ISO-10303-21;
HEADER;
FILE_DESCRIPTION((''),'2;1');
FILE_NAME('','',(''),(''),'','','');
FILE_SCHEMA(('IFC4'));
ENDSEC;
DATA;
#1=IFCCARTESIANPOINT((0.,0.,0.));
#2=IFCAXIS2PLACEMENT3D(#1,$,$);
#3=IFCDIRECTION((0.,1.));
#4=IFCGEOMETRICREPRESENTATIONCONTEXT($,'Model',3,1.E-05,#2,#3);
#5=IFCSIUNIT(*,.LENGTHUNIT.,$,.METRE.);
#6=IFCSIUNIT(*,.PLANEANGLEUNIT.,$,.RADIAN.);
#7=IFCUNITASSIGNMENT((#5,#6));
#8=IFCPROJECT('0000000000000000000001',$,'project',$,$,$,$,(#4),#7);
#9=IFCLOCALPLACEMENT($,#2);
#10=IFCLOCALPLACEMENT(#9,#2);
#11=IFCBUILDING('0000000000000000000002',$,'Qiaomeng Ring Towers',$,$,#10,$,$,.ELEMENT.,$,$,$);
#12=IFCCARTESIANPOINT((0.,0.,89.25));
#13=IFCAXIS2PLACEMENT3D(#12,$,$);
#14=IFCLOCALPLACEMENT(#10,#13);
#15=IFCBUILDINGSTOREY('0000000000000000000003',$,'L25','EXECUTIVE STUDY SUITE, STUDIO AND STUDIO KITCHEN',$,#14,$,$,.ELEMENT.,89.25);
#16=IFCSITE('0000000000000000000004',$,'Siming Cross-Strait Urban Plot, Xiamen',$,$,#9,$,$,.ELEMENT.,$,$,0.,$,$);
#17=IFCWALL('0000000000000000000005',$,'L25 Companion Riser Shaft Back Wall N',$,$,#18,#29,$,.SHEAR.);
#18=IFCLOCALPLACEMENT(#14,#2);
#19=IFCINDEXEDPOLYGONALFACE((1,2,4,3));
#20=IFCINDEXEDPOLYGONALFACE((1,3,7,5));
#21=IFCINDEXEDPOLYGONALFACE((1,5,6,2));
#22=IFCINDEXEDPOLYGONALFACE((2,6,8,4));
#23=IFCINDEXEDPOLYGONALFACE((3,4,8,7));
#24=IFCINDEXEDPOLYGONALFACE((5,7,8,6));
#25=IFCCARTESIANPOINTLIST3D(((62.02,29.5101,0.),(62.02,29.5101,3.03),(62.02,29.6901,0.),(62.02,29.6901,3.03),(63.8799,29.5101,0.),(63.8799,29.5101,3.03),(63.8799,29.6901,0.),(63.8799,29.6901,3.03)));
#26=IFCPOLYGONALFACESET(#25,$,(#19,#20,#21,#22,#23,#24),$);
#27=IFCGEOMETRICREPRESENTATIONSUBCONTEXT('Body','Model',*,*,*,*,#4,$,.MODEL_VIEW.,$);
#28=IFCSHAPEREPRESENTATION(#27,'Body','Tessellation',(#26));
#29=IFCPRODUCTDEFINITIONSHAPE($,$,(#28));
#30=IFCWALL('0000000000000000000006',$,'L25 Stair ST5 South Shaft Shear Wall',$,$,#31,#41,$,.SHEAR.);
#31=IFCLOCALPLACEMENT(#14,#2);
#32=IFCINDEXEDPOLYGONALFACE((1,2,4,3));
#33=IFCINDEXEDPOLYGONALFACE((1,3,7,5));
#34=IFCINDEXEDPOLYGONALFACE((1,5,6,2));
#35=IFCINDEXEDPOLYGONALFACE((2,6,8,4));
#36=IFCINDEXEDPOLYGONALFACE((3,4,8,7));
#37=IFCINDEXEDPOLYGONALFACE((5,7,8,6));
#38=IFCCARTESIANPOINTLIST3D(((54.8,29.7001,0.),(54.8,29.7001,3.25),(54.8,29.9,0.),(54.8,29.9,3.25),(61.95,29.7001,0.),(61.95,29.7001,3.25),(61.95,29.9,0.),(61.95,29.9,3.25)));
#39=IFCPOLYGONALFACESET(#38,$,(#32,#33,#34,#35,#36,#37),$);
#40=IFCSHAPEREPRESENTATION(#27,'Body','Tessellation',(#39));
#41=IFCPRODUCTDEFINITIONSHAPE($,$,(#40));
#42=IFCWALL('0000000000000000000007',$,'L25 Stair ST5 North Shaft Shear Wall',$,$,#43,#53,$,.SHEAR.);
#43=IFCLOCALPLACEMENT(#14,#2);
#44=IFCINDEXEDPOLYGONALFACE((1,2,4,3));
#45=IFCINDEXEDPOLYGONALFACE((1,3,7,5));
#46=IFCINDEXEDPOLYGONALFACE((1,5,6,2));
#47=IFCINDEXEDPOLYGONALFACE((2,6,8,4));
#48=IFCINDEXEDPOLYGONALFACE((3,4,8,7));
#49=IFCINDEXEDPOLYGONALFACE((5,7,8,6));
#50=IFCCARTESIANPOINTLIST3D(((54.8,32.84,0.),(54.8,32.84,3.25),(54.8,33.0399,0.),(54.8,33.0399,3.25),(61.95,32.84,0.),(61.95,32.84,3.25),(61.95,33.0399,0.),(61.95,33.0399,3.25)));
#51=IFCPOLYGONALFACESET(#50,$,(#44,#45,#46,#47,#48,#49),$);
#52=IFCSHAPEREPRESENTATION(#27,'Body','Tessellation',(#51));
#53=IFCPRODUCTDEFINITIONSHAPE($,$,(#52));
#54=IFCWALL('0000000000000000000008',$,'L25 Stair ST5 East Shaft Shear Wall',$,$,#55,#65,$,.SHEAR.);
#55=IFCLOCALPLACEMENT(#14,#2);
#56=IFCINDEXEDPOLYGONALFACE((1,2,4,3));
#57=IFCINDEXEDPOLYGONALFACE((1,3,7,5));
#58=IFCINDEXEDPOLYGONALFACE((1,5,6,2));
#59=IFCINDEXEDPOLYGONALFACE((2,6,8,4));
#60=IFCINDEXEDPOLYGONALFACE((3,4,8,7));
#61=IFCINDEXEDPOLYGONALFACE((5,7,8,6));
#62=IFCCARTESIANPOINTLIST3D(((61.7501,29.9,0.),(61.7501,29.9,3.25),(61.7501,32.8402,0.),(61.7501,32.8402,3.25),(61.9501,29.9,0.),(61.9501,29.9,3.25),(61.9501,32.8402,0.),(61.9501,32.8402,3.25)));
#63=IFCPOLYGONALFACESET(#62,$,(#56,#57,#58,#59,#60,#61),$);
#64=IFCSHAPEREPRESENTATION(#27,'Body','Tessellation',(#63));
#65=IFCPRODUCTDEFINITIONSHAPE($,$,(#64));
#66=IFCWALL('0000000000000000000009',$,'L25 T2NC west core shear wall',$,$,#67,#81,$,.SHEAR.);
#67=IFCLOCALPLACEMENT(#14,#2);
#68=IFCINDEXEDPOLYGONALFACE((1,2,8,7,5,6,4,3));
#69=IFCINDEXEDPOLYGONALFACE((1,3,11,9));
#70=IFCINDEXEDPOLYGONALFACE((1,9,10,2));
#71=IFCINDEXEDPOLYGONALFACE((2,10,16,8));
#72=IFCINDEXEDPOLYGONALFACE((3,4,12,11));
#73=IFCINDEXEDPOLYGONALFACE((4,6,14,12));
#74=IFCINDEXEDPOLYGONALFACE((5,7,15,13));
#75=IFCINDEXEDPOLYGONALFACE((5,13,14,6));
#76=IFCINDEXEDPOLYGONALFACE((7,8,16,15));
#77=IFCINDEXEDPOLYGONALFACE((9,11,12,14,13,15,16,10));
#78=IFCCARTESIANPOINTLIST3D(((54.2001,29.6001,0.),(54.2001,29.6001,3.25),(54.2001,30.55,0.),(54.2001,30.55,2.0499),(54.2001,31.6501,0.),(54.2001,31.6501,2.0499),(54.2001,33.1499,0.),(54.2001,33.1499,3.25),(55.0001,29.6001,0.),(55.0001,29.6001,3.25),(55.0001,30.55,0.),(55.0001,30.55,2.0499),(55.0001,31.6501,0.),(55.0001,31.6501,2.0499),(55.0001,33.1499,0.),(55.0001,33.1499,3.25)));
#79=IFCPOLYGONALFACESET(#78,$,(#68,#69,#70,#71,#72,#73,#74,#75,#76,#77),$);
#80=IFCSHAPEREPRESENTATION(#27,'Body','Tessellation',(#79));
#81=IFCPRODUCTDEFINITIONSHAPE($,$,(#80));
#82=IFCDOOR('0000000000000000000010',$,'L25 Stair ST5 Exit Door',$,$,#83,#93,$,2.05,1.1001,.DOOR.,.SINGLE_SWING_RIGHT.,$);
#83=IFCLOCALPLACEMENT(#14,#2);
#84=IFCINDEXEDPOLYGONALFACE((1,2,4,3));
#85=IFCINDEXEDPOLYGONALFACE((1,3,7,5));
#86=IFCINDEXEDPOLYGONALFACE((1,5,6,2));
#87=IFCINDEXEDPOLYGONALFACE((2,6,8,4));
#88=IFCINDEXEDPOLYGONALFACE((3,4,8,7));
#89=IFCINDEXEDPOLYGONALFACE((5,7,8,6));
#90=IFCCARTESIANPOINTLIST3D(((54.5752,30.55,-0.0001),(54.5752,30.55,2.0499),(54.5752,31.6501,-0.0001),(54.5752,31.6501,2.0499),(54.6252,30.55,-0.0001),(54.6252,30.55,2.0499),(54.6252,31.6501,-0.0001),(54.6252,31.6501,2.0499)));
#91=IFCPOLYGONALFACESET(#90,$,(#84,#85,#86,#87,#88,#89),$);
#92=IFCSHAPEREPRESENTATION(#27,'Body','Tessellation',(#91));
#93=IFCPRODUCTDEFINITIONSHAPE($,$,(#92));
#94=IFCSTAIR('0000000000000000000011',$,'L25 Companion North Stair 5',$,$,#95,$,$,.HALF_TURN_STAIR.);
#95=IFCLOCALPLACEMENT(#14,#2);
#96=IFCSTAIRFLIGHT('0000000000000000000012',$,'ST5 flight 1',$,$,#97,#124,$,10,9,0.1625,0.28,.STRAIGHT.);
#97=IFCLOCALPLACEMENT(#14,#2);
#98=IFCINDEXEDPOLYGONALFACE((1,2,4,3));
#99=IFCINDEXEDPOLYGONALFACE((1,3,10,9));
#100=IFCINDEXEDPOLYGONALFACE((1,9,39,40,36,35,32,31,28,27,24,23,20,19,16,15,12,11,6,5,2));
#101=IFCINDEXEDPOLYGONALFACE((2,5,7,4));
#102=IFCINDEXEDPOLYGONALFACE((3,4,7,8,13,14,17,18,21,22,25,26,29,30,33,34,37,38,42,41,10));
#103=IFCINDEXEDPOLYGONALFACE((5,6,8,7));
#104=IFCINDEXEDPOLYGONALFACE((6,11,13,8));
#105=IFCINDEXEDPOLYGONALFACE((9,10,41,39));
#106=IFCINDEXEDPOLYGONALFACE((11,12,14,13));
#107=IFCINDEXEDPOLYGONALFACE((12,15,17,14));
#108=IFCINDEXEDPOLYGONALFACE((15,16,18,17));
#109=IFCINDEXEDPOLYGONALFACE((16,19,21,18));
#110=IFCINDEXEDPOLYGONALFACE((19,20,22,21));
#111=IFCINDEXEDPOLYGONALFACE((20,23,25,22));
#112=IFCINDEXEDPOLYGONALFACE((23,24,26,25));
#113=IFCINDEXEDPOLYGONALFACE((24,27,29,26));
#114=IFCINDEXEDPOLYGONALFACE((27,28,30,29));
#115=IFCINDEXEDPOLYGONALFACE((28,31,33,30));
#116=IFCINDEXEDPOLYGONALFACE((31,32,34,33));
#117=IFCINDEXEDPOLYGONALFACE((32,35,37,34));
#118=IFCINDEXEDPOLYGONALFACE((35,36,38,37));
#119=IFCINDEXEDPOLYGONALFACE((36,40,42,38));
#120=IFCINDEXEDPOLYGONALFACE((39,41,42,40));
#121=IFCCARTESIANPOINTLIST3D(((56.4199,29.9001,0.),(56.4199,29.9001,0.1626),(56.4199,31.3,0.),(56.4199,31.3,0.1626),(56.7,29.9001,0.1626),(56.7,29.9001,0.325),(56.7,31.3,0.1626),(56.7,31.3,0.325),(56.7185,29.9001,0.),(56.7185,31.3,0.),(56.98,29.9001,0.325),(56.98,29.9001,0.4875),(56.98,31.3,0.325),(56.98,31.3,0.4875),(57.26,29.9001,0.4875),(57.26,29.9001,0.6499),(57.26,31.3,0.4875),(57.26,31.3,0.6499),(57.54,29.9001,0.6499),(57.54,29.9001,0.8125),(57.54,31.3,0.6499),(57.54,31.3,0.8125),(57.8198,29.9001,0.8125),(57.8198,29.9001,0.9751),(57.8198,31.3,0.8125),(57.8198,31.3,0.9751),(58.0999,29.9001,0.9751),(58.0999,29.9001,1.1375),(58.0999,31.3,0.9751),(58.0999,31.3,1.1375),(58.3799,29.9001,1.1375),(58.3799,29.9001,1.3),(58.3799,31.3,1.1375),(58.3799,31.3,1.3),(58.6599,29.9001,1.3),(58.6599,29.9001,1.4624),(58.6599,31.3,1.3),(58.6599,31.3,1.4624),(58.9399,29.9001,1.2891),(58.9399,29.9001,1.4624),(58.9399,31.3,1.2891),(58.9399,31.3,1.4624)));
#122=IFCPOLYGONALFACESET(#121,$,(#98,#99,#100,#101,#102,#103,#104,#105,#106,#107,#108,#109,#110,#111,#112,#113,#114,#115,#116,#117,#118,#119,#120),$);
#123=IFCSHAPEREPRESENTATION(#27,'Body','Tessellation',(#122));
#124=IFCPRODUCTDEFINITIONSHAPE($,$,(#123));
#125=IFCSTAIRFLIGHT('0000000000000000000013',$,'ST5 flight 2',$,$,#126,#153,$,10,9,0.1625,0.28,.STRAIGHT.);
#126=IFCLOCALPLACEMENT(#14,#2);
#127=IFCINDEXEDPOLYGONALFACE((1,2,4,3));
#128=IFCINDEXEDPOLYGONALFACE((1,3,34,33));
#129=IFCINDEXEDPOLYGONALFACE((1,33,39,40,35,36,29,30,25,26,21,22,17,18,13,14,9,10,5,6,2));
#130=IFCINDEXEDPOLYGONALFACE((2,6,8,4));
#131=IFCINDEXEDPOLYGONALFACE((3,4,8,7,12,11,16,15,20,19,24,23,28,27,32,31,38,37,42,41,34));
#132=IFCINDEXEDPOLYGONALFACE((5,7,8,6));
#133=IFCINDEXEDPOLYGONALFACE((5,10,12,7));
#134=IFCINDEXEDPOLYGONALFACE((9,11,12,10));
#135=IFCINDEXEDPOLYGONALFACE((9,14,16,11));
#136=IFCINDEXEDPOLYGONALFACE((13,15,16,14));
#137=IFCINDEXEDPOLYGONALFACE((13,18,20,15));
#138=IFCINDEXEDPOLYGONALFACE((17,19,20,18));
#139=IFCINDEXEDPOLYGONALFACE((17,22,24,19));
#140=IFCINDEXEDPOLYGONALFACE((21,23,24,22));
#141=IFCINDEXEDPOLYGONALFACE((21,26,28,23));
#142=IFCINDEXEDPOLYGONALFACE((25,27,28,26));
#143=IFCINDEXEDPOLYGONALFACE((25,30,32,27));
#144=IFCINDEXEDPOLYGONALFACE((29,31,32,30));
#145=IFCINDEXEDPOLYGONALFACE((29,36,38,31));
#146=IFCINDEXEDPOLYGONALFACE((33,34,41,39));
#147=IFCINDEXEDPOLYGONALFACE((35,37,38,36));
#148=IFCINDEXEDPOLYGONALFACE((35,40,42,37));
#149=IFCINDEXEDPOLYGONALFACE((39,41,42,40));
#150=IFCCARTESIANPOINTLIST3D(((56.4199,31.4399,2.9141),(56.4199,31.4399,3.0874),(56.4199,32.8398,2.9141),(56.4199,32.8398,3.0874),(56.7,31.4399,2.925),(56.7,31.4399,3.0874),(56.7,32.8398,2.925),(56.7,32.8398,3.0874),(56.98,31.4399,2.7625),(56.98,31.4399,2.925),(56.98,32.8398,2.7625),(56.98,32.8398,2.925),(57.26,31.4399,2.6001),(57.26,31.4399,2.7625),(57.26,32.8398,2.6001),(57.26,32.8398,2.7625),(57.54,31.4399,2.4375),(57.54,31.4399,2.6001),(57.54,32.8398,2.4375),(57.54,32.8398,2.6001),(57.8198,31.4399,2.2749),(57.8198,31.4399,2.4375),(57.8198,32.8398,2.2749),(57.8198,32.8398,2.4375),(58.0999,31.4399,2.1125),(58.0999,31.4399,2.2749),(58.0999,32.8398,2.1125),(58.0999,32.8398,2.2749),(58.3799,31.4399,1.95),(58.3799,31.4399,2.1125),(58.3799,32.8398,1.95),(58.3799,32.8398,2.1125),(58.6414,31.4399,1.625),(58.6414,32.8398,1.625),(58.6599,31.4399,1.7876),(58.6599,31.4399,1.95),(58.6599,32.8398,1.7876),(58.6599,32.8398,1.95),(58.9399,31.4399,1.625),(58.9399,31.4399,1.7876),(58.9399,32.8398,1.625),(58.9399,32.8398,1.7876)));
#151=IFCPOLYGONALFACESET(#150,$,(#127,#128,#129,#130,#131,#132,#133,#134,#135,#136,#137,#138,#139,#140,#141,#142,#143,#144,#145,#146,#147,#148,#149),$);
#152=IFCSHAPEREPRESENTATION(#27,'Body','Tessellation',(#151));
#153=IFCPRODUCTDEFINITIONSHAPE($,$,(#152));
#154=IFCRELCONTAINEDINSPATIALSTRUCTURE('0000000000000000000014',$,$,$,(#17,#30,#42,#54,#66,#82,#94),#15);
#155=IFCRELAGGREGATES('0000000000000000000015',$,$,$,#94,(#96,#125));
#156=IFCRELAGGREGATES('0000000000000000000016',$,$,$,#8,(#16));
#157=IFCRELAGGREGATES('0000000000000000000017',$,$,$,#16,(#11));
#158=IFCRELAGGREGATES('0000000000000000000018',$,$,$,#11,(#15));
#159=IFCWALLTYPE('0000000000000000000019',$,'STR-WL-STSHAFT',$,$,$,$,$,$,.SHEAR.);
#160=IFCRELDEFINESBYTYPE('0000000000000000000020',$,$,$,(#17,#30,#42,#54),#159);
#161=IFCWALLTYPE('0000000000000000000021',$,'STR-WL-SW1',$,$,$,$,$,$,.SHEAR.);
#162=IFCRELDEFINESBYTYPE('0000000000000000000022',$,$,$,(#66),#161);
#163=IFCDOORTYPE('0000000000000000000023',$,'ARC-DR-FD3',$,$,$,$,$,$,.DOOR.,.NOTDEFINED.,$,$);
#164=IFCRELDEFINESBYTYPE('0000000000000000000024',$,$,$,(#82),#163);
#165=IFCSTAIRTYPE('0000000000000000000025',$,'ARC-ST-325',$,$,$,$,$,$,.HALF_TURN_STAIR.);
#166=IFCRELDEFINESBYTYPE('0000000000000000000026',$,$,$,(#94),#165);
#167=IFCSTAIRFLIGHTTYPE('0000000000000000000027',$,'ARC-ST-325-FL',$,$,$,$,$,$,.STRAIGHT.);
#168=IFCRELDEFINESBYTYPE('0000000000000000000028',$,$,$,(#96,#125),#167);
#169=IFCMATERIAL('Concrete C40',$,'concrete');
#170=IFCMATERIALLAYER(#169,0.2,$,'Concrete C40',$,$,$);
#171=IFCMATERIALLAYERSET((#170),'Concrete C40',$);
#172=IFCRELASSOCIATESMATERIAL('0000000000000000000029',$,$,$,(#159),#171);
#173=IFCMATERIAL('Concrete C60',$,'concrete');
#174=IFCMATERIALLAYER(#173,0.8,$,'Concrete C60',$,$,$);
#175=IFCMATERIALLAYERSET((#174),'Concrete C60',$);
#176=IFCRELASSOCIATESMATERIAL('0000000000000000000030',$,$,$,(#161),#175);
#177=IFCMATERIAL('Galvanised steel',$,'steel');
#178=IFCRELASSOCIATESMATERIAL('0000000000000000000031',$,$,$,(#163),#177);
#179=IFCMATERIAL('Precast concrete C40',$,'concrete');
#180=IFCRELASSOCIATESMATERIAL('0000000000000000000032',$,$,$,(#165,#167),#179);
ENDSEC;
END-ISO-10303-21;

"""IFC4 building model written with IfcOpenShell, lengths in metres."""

from ifc_helpers import new_model, si_unit, direction, frame, frame_2d, origin, place, context, subcontext, project, spatial, polyline, rectangle, outline, extrude, source, transform, mapped, material, layer, layer_set, type_object, element, fill, aggregate, save


model = new_model("IFC4")

# Units and contexts
model_context = context("Model", 3, precision=1e-05, world=origin(), true_north=direction((0.0, 1.0)))
body_context = subcontext(model_context, "Body", "Model", "MODEL_VIEW")
ifc_project = project(units=[si_unit("LENGTHUNIT", "METRE"), si_unit("PLANEANGLEUNIT", "RADIAN")], contexts=[model_context])

# Site, building, storey
site_placement = place(None, origin())
site = spatial("IfcSite", under=ifc_project, at=site_placement, Name="Siming Cross-Strait Urban Plot, Xiamen", CompositionType="ELEMENT", RefElevation=0.0)
building_placement = place(site_placement, origin())
building = spatial("IfcBuilding", under=site, at=building_placement, Name="Qiaomeng Ring Towers", CompositionType="ELEMENT")
storey_placement = place(building_placement, frame((0.0, 0.0, 89.25)))
storey = spatial("IfcBuildingStorey", under=building, at=storey_placement, Name="L25", Description="EXECUTIVE STUDY SUITE, STUDIO AND STUDIO KITCHEN", CompositionType="ELEMENT", Elevation=89.25)

# Walls
ifc_material_1 = material(Name="Concrete C40", Category="concrete")
ifc_layer_1 = layer(ifc_material_1, 0.2, Name="Concrete C40")
ifc_layer_set_1 = layer_set([ifc_layer_1], Name="Concrete C40")
wall_type_1 = type_object("IfcWallType", Name="STR-WL-STSHAFT", PredefinedType="SHEAR", material=ifc_layer_set_1)
for number, where, z_axis, x_axis, name in (
    (1, (62.02, 29.6001, 0.0), (0.0, 0.0, 1.0), (1.0, 0.0, 0.0), "L25 Companion Riser Shaft Back Wall N"),
):
    element("IfcWall", number, at=place(storey_placement, frame(where, z_axis=z_axis, x_axis=x_axis)), inside=storey, type_object=wall_type_1, Name=name, PredefinedType="SHEAR", context=body_context, shape_type="SweptSolid", body=[
        extrude(rectangle(XDim=1.8599, YDim=0.1799, at=frame_2d((0.9299, 0.0))), origin(), (0.0, 0.0, 1.0), 3.03),
    ])
for number, where, z_axis, x_axis, name in (
    (2, (54.8, 29.8, 0.0), (0.0, 0.0, 1.0), (1.0, 0.0, 0.0), "L25 Stair ST5 South Shaft Shear Wall"),
    (3, (54.8, 32.9399, 0.0), (0.0, 0.0, 1.0), (1.0, 0.0, 0.0), "L25 Stair ST5 North Shaft Shear Wall"),
):
    element("IfcWall", number, at=place(storey_placement, frame(where, z_axis=z_axis, x_axis=x_axis)), inside=storey, type_object=wall_type_1, Name=name, PredefinedType="SHEAR", context=body_context, shape_type="SweptSolid", body=[
        extrude(rectangle(XDim=7.1499, YDim=0.2, at=frame_2d((3.575, 0.0))), origin(), (0.0, 0.0, 1.0), 3.25),
    ])
wall_1_placement = place(storey_placement, frame((61.8501, 29.8999, 0.0), z_axis=(0.0, 0.0, 1.0), x_axis=(0.0, 1.0, 0.0)))
element("IfcWall", 4, at=wall_1_placement, inside=storey, type_object=wall_type_1, Name="L25 Stair ST5 East Shaft Shear Wall", PredefinedType="SHEAR", context=body_context, shape_type="SweptSolid", body=[
    extrude(rectangle(XDim=2.9402, YDim=0.2, at=frame_2d((1.4702, 0.0))), origin(), (0.0, 0.0, 1.0), 3.25),
])

# Wall, opening, door
ifc_material_2 = material(Name="Concrete C60", Category="concrete")
ifc_layer_2 = layer(ifc_material_2, 0.8, Name="Concrete C60")
ifc_layer_set_2 = layer_set([ifc_layer_2], Name="Concrete C60")
wall_type_2 = type_object("IfcWallType", Name="STR-WL-SW1", PredefinedType="SHEAR", material=ifc_layer_set_2)
wall_2_placement = place(storey_placement, frame((54.6001, 29.6001, 0.0), z_axis=(0.0, 0.0, 1.0), x_axis=(0.0, 1.0, 0.0)))
wall_2 = element("IfcWall", 5, at=wall_2_placement, inside=storey, type_object=wall_type_2, Name="L25 T2NC west core shear wall", PredefinedType="SHEAR", context=body_context, shape_type="SweptSolid", body=[
    extrude(rectangle(XDim=3.5498, YDim=0.8, at=frame_2d((1.7749, 0.0))), origin(), (0.0, 0.0, 1.0), 3.25),
])
opening_placement = place(wall_2_placement, frame((0.95, 0.0, 0.0)))
opening = element("IfcOpeningElement", 6, at=opening_placement, cuts=wall_2, PredefinedType="OPENING", context=body_context, shape_type="SweptSolid", body=[
    extrude(rectangle(XDim=1.1001, YDim=2.05, at=frame_2d((0.55, 1.0249))), frame((0.0, 0.4099, 0.0), z_axis=(0.0, -1.0, 0.0), x_axis=(1.0, 0.0, 0.0)), (0.0, 0.0, 1.0), 0.8201),
])
ifc_material_3 = material(Name="Galvanised steel", Category="steel")
door_type = type_object("IfcDoorType", Name="ARC-DR-FD3", OperationType="NOTDEFINED", PredefinedType="DOOR", material=ifc_material_3)
shared_shape_1 = source(origin(), body_context, "Body", "SweptSolid", [
    extrude(rectangle(XDim=1.1001, YDim=2.05, at=frame_2d((0.55, 1.0249))), frame((0.0, 0.0249, 0.0), z_axis=(0.0, -1.0, 0.0), x_axis=(1.0, 0.0, 0.0)), (0.0, 0.0, 1.0), 0.05),
])
door_placement = place(opening_placement, origin())
door = element("IfcDoor", 7, at=door_placement, inside=storey, type_object=door_type, Name="L25 Stair ST5 Exit Door", OperationType="SINGLE_SWING_RIGHT", OverallHeight=2.05, OverallWidth=1.1001, PredefinedType="DOOR", context=body_context, shape_type="MappedRepresentation", body=[
    mapped(shared_shape_1, transform((0.0, 0.0, 0.0), x_axis=(1.0, 0.0, 0.0), y_axis=(0.0, 1.0, 0.0), z_axis=(0.0, 0.0, 1.0), scale=1.0)),
])
fill(opening, door)

# Stair, stair flights
ifc_material_4 = material(Name="Precast concrete C40", Category="concrete")
stair_type = type_object("IfcStairType", Name="ARC-ST-325", PredefinedType="HALF_TURN_STAIR", material=ifc_material_4)
stair_placement = place(storey_placement, origin())
stair = element("IfcStair", 8, at=stair_placement, inside=storey, type_object=stair_type, Name="L25 Companion North Stair 5", PredefinedType="HALF_TURN_STAIR")
stair_flight_type = type_object("IfcStairFlightType", Name="ARC-ST-325-FL", PredefinedType="STRAIGHT", material=ifc_material_4)
shared_shape_2 = source(origin(), body_context, "Body", "SweptSolid", [
    extrude(outline(polyline([(0.0, 0.0), (0.0, 0.1626), (0.28, 0.1626), (0.28, 0.325), (0.5601, 0.325), (0.5601, 0.4875), (0.8401, 0.4875), (0.8401, 0.6499), (1.1201, 0.6499), (1.1201, 0.8125), (1.3999, 0.8125), (1.3999, 0.9751), (1.6799, 0.9751), (1.6799, 1.1375), (1.96, 1.1375), (1.96, 1.3), (2.24, 1.3), (2.24, 1.4624), (2.52, 1.4624), (2.52, 1.625), (2.52, 1.2891), (0.2986, 0.0), (0.0, 0.0)])), frame((0.0, 0.7, 0.0), z_axis=(0.0, -1.0, 0.0), x_axis=(1.0, 0.0, 0.0)), (0.0, 0.0, 1.0), 1.3999),
])
stair_flight_1_placement = place(storey_placement, frame((56.4199, 30.6001, 0.0), z_axis=(0.0, 0.0, 1.0), x_axis=(1.0, 0.0, 0.0)))
stair_flight_1 = element("IfcStairFlight", 9, at=stair_flight_1_placement, type_object=stair_flight_type, Name="ST5 flight 1", NumberOfRisers=10, NumberOfTreads=9, PredefinedType="STRAIGHT", RiserHeight=0.1625, TreadLength=0.28, context=body_context, shape_type="MappedRepresentation", body=[
    mapped(shared_shape_2, transform((0.0, 0.0, 0.0), x_axis=(1.0, 0.0, 0.0), y_axis=(0.0, 1.0, 0.0), z_axis=(0.0, 0.0, 1.0), scale=1.0)),
])
stair_flight_2_placement = place(storey_placement, frame((58.9399, 32.1399, 1.625), z_axis=(0.0, 0.0, 1.0), x_axis=(-1.0, 0.0, 0.0)))
stair_flight_2 = element("IfcStairFlight", 10, at=stair_flight_2_placement, type_object=stair_flight_type, Name="ST5 flight 2", NumberOfRisers=10, NumberOfTreads=9, PredefinedType="STRAIGHT", RiserHeight=0.1625, TreadLength=0.28, context=body_context, shape_type="MappedRepresentation", body=[
    mapped(shared_shape_2, transform((0.0, 0.0, 0.0), x_axis=(1.0, 0.0, 0.0), y_axis=(0.0, 1.0, 0.0), z_axis=(0.0, 0.0, 1.0), scale=1.0)),
])
aggregate(stair, [stair_flight_1, stair_flight_2])

save(model, "model.ifc")
